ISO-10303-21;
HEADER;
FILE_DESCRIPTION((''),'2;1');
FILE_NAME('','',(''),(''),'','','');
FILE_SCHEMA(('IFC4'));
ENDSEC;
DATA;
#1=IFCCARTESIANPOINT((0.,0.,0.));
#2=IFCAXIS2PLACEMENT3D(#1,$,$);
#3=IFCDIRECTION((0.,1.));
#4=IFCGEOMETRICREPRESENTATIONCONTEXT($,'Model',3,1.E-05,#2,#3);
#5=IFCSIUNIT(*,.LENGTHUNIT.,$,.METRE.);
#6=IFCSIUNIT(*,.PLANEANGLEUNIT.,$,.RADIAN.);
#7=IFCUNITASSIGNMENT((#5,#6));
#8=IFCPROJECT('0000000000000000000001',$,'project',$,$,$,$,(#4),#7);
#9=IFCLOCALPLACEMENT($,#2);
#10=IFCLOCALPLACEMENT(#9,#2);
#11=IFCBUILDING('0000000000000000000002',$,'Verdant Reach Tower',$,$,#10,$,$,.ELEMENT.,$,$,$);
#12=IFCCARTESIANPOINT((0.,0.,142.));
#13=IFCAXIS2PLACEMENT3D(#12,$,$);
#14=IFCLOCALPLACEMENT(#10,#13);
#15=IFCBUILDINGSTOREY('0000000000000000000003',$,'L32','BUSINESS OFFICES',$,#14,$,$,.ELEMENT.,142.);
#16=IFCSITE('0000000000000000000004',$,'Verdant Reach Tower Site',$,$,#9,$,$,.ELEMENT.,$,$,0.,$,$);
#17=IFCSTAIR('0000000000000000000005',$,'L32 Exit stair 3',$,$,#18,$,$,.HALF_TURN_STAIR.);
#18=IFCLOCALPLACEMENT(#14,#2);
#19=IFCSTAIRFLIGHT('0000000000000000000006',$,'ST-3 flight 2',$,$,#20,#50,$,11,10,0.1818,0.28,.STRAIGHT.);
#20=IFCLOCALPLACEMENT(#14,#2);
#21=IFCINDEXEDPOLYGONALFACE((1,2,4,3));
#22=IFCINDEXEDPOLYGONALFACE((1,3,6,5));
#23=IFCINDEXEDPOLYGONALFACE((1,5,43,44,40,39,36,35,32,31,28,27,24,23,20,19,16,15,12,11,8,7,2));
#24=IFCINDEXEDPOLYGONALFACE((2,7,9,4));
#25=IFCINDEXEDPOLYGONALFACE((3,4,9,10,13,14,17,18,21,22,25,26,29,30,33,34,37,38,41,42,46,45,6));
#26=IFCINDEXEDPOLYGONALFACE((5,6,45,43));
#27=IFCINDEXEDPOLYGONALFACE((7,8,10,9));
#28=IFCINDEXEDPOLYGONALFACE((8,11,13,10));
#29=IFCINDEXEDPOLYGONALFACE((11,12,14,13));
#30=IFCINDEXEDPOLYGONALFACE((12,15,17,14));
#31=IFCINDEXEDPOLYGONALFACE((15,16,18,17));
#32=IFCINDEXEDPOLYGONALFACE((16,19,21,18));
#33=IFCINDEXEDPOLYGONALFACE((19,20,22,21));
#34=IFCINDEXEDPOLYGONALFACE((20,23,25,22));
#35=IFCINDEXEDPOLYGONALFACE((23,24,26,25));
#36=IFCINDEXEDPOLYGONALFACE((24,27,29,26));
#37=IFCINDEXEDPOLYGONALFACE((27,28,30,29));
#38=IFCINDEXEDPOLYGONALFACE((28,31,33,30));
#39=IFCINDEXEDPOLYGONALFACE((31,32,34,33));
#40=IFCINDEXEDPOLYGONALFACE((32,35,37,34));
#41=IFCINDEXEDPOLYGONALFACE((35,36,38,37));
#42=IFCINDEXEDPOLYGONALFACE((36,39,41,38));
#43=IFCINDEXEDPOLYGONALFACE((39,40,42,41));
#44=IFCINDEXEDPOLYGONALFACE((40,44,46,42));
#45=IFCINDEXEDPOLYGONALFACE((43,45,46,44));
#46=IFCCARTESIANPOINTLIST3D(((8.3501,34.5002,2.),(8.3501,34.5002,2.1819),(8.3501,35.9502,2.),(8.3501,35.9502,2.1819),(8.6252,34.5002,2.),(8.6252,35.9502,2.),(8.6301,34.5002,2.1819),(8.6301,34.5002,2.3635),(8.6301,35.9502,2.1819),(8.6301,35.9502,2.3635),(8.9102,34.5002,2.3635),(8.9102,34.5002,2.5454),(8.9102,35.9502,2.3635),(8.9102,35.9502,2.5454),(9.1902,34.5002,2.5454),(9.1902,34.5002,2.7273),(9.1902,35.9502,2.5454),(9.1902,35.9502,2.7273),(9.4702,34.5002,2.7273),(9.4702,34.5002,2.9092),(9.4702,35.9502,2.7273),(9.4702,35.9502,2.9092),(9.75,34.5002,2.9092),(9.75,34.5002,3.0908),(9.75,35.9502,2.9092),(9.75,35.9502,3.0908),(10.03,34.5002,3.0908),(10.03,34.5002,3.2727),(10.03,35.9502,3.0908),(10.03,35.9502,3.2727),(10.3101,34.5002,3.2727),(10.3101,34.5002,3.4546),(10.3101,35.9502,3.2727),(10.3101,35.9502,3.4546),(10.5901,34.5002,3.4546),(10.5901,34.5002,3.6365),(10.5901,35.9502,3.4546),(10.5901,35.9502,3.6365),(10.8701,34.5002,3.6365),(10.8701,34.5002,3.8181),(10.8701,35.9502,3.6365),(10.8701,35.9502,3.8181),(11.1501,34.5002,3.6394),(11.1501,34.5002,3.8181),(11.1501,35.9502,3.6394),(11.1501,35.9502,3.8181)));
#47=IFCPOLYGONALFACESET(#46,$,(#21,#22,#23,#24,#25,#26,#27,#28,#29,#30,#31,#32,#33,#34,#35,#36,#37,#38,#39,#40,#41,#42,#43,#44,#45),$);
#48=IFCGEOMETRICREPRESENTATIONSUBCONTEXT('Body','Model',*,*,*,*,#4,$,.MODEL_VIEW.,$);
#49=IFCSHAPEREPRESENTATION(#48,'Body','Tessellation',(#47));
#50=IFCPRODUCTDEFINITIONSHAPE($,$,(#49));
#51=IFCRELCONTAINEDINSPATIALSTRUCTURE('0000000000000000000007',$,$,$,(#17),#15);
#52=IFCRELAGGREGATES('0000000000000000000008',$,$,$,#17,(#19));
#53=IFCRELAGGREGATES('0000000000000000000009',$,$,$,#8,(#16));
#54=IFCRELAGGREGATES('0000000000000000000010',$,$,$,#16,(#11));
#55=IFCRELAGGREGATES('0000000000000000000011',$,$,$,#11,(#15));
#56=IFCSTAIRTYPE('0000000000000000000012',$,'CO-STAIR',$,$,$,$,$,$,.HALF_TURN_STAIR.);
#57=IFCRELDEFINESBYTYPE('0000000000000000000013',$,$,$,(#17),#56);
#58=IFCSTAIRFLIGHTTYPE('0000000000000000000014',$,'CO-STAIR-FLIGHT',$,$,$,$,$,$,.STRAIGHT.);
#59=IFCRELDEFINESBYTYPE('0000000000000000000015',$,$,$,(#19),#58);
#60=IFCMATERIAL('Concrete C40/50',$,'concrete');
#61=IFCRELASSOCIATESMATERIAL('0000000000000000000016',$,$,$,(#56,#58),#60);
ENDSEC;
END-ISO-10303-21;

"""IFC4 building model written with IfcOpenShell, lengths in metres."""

from ifc_helpers import new_model, si_unit, direction, frame, origin, place, context, subcontext, project, spatial, polyline, outline, extrude, material, type_object, element, aggregate, save


model = new_model("IFC4")

# Units and contexts
model_context = context("Model", 3, precision=1e-05, world=origin(), true_north=direction((0.0, 1.0)))
body_context = subcontext(model_context, "Body", "Model", "MODEL_VIEW")
ifc_project = project(units=[si_unit("LENGTHUNIT", "METRE"), si_unit("PLANEANGLEUNIT", "RADIAN")], contexts=[model_context])

# Site, building, storey
site_placement = place(None, origin())
site = spatial("IfcSite", under=ifc_project, at=site_placement, Name="Verdant Reach Tower Site", CompositionType="ELEMENT", RefElevation=0.0)
building_placement = place(site_placement, origin())
building = spatial("IfcBuilding", under=site, at=building_placement, Name="Verdant Reach Tower", CompositionType="ELEMENT")
storey_placement = place(building_placement, frame((0.0, 0.0, 142.0)))
storey = spatial("IfcBuildingStorey", under=building, at=storey_placement, Name="L32", Description="BUSINESS OFFICES", CompositionType="ELEMENT", Elevation=142.0)

# Shared definitions
ifc_material_1 = material(Name="Concrete C40/50", Category="concrete")

# Stair, stair flight
stair_type = type_object("IfcStairType", Name="CO-STAIR", PredefinedType="HALF_TURN_STAIR", material=ifc_material_1)
stair_placement = place(storey_placement, origin())
stair = element("IfcStair", 1, at=stair_placement, inside=storey, type_object=stair_type, Name="L32 Exit stair 3", PredefinedType="HALF_TURN_STAIR")
stair_flight_type = type_object("IfcStairFlightType", Name="CO-STAIR-FLIGHT", PredefinedType="STRAIGHT", material=ifc_material_1)
stair_flight_1_placement = place(storey_placement, frame((8.3501, 35.2251, 2.0), z_axis=(0.0, 0.0, 1.0), x_axis=(1.0, 0.0, 0.0)))
stair_flight_1 = element("IfcStairFlight", 2, at=stair_flight_1_placement, type_object=stair_flight_type, Name="ST-3 flight 2", NumberOfRisers=11, NumberOfTreads=10, PredefinedType="STRAIGHT", RiserHeight=0.1818, TreadLength=0.28, context=body_context, shape_type="SweptSolid", body=[
    extrude(outline(polyline([(0.0, 0.0), (0.0, 0.1819), (0.28, 0.1819), (0.28, 0.3635), (0.5601, 0.3635), (0.5601, 0.5454), (0.8401, 0.5454), (0.8401, 0.7273), (1.1201, 0.7273), (1.1201, 0.9092), (1.3999, 0.9092), (1.3999, 1.0908), (1.6799, 1.0908), (1.6799, 1.2727), (1.96, 1.2727), (1.96, 1.4546), (2.24, 1.4546), (2.24, 1.6365), (2.52, 1.6365), (2.52, 1.8181), (2.8, 1.8181), (2.8, 2.0), (2.8, 1.6394), (0.2751, 0.0), (0.0, 0.0)])), frame((0.0, 0.7251, 0.0), z_axis=(0.0, -1.0, 0.0), x_axis=(1.0, 0.0, 0.0)), (0.0, 0.0, 1.0), 1.45),
])
aggregate(stair, [stair_flight_1])

save(model, "model.ifc")
